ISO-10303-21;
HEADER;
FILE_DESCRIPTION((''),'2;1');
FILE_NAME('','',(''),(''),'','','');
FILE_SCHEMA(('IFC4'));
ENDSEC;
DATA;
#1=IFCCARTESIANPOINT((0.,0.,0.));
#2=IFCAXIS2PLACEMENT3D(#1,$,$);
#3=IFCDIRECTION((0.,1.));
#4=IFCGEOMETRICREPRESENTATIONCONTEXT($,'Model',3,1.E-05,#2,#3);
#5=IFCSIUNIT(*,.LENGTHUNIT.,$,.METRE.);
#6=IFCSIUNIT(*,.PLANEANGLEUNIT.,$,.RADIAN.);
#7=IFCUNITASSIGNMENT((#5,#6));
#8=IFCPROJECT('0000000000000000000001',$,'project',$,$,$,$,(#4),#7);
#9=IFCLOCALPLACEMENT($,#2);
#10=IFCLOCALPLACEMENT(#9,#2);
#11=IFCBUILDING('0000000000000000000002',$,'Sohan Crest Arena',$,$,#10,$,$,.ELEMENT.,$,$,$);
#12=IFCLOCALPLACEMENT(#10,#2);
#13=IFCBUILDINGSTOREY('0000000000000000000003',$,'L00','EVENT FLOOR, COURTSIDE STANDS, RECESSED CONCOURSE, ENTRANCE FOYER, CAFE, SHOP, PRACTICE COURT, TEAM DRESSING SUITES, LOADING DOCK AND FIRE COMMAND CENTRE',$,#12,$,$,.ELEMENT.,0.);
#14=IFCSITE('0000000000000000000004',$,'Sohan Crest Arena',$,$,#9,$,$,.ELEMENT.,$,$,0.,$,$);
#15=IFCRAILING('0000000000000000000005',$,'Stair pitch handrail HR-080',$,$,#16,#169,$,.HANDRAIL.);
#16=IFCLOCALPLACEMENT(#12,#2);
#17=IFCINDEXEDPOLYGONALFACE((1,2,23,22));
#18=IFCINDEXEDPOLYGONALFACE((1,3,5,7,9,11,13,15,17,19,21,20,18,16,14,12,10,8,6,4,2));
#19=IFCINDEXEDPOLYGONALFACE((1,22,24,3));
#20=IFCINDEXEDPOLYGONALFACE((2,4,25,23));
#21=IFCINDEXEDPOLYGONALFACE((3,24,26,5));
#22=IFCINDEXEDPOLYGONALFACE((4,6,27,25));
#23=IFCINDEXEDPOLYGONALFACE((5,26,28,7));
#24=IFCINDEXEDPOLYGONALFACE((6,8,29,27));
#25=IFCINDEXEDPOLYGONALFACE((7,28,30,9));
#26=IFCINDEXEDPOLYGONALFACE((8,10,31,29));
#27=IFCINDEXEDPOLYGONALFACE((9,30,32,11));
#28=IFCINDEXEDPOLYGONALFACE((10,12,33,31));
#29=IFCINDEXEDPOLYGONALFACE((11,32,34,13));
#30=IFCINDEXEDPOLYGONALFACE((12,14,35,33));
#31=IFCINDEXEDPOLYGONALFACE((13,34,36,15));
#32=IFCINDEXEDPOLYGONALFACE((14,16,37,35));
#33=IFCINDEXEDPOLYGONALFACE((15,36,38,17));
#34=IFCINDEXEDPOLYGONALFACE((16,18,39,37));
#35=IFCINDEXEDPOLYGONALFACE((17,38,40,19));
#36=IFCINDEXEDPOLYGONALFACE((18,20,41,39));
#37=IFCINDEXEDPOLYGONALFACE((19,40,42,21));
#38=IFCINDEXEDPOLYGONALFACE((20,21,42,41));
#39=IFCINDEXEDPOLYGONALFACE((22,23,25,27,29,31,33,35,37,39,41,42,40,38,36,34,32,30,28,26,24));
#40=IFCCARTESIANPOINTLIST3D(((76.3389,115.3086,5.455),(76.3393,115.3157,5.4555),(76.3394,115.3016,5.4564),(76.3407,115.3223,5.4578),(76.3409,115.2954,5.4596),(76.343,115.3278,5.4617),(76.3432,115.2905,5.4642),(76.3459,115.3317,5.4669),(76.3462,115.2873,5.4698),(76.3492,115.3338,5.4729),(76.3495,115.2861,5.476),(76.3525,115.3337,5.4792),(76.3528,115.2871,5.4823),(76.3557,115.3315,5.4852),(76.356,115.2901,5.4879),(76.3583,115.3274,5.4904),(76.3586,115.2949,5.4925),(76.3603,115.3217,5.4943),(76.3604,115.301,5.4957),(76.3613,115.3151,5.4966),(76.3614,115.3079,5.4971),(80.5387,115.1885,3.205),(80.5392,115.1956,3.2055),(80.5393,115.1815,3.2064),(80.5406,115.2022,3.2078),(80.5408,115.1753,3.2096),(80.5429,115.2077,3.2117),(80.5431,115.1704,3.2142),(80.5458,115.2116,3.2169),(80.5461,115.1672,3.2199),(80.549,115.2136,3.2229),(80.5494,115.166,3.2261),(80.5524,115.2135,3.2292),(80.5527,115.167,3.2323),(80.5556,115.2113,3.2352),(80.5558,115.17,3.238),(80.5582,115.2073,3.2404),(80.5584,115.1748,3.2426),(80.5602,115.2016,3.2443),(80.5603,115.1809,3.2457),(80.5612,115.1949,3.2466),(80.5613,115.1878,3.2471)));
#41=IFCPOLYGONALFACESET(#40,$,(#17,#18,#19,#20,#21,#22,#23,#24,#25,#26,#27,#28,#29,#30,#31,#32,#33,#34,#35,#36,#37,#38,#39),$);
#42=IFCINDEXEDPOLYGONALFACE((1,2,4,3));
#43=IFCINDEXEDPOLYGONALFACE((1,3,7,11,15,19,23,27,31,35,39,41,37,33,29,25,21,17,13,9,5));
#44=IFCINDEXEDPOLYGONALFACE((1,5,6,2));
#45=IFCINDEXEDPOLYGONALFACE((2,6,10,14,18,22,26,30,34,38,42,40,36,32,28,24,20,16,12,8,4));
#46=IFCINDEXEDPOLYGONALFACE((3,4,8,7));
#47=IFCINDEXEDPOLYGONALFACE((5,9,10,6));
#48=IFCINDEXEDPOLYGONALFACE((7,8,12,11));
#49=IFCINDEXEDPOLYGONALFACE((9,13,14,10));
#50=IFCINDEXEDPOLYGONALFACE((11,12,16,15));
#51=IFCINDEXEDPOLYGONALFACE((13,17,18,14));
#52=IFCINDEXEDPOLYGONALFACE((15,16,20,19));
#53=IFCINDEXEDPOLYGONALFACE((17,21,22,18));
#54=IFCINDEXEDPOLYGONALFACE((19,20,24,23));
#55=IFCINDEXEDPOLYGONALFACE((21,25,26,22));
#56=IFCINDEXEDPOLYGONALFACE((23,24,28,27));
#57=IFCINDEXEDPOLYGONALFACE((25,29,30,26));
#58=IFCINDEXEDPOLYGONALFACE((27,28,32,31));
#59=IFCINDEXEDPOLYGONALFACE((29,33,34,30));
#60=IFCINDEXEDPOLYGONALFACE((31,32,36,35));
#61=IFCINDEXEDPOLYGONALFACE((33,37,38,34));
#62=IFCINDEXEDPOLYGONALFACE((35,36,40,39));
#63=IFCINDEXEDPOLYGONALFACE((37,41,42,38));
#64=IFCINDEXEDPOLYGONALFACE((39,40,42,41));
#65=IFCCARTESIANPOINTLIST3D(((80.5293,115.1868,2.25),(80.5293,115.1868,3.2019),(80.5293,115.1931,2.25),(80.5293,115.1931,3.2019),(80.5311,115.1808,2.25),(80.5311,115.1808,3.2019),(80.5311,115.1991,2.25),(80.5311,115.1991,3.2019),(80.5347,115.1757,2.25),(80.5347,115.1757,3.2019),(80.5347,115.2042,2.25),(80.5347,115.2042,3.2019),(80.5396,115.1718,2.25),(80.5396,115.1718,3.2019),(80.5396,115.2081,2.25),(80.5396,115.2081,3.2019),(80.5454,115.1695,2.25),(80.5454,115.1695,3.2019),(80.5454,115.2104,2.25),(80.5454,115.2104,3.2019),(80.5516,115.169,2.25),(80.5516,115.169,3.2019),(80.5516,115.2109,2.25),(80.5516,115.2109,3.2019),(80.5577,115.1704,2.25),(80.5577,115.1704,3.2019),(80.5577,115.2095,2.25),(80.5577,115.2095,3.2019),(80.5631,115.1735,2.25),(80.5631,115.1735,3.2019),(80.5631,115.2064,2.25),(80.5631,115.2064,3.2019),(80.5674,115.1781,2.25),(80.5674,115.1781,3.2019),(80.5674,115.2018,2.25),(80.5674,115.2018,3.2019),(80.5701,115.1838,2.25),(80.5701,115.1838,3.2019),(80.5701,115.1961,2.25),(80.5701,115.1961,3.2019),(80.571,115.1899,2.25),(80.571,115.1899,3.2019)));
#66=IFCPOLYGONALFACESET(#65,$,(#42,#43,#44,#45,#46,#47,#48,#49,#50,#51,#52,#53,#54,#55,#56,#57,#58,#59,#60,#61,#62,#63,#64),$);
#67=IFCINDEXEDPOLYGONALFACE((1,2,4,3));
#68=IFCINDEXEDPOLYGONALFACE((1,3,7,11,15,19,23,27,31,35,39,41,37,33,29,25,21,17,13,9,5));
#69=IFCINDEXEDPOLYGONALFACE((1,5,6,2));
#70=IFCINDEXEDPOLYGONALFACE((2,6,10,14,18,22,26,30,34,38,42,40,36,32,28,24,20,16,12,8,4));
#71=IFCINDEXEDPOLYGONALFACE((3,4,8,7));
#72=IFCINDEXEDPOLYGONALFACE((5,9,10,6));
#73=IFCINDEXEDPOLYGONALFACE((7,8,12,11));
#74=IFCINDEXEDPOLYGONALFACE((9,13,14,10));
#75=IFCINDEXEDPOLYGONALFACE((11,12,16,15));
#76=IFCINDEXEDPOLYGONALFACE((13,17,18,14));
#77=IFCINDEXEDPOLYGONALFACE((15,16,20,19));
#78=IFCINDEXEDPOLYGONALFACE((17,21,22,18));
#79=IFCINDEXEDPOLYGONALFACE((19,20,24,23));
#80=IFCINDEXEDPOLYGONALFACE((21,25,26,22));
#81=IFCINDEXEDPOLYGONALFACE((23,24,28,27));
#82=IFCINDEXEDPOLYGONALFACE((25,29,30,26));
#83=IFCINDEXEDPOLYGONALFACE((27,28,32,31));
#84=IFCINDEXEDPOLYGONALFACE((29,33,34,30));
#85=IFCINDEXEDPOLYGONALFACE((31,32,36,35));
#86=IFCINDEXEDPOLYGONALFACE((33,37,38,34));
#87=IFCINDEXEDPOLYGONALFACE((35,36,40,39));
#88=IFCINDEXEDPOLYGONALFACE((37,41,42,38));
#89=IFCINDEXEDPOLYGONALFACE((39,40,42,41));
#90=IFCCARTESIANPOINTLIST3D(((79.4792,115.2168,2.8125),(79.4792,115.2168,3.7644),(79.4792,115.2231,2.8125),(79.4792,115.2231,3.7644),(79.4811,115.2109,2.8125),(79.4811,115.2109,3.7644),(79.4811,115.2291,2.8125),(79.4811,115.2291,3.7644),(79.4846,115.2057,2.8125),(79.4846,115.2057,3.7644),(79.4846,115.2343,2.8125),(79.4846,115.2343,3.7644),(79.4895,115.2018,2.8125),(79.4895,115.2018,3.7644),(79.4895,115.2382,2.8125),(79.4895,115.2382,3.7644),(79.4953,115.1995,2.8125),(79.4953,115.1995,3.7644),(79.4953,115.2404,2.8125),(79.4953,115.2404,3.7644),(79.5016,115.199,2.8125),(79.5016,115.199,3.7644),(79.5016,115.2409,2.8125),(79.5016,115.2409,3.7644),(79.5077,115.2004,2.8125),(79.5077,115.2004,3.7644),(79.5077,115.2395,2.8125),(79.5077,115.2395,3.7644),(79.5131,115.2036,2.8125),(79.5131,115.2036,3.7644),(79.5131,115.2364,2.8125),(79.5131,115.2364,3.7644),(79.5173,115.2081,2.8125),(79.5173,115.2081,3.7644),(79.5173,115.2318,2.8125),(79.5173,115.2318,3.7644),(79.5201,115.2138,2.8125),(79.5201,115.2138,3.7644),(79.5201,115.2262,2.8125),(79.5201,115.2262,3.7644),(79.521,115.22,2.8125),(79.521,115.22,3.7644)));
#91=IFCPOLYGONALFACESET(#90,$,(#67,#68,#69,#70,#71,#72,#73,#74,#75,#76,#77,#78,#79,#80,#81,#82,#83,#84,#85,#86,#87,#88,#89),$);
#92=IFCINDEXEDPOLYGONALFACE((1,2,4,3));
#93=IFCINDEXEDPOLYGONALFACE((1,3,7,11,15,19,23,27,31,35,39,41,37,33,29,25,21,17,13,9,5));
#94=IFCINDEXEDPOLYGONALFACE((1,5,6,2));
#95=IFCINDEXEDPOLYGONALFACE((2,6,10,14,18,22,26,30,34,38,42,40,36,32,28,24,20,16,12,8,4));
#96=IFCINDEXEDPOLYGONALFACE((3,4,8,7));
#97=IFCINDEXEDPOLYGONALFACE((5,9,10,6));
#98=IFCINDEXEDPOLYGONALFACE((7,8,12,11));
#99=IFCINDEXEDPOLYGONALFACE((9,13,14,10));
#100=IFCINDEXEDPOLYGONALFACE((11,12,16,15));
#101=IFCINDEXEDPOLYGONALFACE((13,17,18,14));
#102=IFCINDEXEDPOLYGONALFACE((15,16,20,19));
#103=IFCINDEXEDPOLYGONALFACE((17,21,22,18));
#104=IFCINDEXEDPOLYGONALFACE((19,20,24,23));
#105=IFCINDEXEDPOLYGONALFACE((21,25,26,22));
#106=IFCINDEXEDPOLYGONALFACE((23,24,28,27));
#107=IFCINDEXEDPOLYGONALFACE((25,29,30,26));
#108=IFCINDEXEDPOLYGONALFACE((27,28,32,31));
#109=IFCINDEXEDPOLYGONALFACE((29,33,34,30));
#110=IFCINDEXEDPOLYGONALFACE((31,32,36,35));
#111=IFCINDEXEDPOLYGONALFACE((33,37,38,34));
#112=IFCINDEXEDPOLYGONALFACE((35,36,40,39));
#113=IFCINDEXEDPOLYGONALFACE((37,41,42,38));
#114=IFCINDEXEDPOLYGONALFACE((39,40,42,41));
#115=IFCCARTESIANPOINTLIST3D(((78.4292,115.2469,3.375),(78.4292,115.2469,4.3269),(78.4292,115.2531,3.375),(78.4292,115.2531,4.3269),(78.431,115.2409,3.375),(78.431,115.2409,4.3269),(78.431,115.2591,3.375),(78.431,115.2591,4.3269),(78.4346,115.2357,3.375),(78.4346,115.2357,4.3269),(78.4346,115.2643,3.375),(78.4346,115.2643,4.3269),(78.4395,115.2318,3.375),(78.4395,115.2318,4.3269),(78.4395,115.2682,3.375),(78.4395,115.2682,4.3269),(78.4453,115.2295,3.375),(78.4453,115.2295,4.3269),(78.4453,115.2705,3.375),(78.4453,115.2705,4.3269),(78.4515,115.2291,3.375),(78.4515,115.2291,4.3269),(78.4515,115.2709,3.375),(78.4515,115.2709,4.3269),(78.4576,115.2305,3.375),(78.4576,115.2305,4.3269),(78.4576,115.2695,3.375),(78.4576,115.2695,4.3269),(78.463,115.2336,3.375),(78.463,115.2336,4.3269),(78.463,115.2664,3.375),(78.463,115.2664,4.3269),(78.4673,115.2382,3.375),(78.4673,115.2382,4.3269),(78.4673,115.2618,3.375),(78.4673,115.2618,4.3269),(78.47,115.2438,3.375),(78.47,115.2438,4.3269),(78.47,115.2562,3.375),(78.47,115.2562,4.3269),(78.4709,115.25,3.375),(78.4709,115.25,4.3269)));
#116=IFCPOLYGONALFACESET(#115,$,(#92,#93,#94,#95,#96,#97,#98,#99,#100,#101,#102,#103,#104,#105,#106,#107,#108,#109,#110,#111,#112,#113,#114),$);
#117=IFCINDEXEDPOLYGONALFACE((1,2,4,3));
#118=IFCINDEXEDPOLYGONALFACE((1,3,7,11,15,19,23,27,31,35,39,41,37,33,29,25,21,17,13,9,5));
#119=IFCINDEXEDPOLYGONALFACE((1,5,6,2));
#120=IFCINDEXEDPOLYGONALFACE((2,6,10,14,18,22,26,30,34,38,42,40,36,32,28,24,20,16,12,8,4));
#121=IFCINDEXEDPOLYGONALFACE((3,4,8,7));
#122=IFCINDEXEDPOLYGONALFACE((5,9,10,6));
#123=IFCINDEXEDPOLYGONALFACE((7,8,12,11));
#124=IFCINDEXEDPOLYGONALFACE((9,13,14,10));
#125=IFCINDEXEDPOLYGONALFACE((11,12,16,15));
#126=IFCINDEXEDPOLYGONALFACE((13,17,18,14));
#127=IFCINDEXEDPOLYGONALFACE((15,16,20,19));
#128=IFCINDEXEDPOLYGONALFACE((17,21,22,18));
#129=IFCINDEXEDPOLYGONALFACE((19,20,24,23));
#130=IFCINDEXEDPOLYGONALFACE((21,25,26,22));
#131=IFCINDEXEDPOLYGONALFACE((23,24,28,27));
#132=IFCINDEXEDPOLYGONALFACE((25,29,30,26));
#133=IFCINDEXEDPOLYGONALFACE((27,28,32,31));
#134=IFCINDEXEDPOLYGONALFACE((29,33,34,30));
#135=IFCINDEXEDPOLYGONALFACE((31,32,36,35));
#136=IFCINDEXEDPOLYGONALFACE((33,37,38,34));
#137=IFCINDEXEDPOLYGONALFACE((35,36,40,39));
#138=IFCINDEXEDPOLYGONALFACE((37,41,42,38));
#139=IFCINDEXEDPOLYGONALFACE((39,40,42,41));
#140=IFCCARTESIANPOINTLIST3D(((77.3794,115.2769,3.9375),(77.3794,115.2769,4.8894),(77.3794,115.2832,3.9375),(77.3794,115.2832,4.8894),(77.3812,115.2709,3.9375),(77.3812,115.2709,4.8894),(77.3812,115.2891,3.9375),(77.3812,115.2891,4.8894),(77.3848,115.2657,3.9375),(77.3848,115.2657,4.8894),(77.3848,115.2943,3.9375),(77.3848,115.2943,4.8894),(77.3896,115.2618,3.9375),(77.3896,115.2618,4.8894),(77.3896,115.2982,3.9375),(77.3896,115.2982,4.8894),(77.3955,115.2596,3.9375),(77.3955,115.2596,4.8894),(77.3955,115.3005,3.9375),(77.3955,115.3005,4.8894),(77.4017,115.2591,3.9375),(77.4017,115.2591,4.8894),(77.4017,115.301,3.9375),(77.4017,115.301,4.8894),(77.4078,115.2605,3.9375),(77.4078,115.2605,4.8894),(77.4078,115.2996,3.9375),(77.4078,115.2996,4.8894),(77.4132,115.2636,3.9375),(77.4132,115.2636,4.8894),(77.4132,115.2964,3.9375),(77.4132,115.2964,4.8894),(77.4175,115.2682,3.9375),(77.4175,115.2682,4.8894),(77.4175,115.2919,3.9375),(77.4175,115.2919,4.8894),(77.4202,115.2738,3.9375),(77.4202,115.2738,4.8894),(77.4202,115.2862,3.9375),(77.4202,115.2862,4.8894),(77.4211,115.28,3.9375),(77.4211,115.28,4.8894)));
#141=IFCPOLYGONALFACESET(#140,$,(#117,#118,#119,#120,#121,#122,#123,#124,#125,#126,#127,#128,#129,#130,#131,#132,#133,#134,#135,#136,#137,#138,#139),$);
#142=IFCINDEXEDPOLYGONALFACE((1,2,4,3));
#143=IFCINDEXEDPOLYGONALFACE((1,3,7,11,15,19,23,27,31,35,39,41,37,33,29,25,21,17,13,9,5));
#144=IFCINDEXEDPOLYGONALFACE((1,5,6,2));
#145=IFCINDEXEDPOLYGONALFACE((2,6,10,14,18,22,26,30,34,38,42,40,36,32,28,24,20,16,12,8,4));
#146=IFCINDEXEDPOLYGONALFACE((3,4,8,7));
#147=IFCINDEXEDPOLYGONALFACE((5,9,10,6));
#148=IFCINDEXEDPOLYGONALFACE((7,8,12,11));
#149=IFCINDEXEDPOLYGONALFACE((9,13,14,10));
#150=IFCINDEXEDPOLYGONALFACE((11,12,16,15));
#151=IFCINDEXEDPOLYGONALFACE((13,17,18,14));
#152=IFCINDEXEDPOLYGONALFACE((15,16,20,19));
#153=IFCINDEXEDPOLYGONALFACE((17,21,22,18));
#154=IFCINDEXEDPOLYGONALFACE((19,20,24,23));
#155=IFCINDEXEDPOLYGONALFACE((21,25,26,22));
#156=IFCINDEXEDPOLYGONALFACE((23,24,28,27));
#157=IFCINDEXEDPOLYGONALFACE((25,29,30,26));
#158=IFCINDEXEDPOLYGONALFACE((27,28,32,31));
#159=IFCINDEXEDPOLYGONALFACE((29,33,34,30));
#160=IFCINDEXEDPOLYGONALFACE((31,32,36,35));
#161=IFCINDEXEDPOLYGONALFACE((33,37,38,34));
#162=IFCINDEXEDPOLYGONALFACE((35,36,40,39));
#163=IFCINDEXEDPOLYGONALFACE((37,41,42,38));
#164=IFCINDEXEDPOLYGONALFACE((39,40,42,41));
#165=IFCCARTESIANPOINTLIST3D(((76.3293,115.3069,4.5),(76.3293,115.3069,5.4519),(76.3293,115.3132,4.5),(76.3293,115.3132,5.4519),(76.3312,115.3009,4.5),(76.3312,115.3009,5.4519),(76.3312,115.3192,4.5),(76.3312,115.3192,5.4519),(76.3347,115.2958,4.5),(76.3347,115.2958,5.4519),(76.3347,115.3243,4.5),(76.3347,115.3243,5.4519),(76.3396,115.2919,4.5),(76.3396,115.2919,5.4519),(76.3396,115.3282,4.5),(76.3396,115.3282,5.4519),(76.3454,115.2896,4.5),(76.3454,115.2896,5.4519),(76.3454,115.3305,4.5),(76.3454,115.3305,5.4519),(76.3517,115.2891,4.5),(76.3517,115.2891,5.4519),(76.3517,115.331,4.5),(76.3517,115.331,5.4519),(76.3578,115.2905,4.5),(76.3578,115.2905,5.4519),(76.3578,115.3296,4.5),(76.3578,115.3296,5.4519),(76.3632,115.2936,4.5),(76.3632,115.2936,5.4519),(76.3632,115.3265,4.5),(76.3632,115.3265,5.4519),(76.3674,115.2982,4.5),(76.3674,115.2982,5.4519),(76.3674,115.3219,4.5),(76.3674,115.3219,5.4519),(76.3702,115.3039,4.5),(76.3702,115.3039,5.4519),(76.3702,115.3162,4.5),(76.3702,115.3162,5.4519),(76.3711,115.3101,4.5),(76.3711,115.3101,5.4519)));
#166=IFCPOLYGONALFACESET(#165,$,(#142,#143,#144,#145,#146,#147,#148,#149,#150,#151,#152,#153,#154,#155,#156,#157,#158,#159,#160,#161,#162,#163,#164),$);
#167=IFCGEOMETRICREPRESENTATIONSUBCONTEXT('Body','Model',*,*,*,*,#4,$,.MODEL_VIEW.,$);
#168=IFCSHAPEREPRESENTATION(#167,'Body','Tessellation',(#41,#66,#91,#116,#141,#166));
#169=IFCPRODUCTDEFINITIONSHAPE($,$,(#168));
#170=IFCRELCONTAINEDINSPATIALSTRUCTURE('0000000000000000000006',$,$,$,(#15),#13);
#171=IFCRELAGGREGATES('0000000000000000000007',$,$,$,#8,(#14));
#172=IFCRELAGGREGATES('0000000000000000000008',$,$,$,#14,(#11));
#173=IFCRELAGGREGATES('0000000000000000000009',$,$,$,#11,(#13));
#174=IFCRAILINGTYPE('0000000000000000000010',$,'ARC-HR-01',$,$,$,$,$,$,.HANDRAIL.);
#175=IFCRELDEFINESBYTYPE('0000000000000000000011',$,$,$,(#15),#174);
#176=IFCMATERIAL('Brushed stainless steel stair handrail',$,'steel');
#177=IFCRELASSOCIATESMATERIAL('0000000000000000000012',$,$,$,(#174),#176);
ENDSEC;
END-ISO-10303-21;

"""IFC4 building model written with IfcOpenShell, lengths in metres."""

from ifc_helpers import new_model, si_unit, direction, frame, origin, origin_2d, place, context, subcontext, project, spatial, circle, extrude, material, type_object, element, save


model = new_model("IFC4")

# Units and contexts
model_context = context("Model", 3, precision=1e-05, world=origin(), true_north=direction((0.0, 1.0)))
body_context = subcontext(model_context, "Body", "Model", "MODEL_VIEW")
ifc_project = project(units=[si_unit("LENGTHUNIT", "METRE"), si_unit("PLANEANGLEUNIT", "RADIAN")], contexts=[model_context])

# Site, building, storey
site_placement = place(None, origin())
site = spatial("IfcSite", under=ifc_project, at=site_placement, Name="Sohan Crest Arena", CompositionType="ELEMENT", RefElevation=0.0)
building_placement = place(site_placement, origin())
building = spatial("IfcBuilding", under=site, at=building_placement, Name="Sohan Crest Arena", CompositionType="ELEMENT")
storey_placement = place(building_placement, origin())
storey = spatial("IfcBuildingStorey", under=building, at=storey_placement, Name="L00", Description="EVENT FLOOR, COURTSIDE STANDS, RECESSED CONCOURSE, ENTRANCE FOYER, CAFE, SHOP, PRACTICE COURT, TEAM DRESSING SUITES, LOADING DOCK AND FIRE COMMAND CENTRE", CompositionType="ELEMENT", Elevation=0.0)

# Railing
ifc_material_1 = material(Name="Brushed stainless steel stair handrail", Category="steel")
railing_type_1 = type_object("IfcRailingType", Name="ARC-HR-01", PredefinedType="HANDRAIL", material=ifc_material_1)
railing_1_placement = place(storey_placement, frame((80.55, 115.1899, 2.25)))
element("IfcRailing", 1, at=railing_1_placement, inside=storey, type_object=railing_type_1, Name="Stair pitch handrail HR-080", PredefinedType="HANDRAIL", context=body_context, shape_type="SweptSolid", body=[
    extrude(circle(Radius=0.0239, at=origin_2d()), frame((0.0, 0.0, 0.9761), z_axis=(-0.881198, 0.025202, 0.472076), x_axis=(-0.028588, -0.999591, 0.0)), (0.0, 0.0, 1.0), 4.7661),
    extrude(circle(Radius=0.021, at=origin_2d()), origin(), (0.0, 0.0, 1.0), 0.9519),
    extrude(circle(Radius=0.021, at=origin_2d()), frame((-1.05, 0.03, 0.5625)), (0.0, 0.0, 1.0), 0.9519),
    extrude(circle(Radius=0.021, at=origin_2d()), frame((-2.1001, 0.0601, 1.125)), (0.0, 0.0, 1.0), 0.9519),
    extrude(circle(Radius=0.021, at=origin_2d()), frame((-3.1499, 0.0901, 1.6875)), (0.0, 0.0, 1.0), 0.9519),
    extrude(circle(Radius=0.021, at=origin_2d()), frame((-4.2, 0.1201, 2.25)), (0.0, 0.0, 1.0), 0.9519),
])

save(model, "model.ifc")
